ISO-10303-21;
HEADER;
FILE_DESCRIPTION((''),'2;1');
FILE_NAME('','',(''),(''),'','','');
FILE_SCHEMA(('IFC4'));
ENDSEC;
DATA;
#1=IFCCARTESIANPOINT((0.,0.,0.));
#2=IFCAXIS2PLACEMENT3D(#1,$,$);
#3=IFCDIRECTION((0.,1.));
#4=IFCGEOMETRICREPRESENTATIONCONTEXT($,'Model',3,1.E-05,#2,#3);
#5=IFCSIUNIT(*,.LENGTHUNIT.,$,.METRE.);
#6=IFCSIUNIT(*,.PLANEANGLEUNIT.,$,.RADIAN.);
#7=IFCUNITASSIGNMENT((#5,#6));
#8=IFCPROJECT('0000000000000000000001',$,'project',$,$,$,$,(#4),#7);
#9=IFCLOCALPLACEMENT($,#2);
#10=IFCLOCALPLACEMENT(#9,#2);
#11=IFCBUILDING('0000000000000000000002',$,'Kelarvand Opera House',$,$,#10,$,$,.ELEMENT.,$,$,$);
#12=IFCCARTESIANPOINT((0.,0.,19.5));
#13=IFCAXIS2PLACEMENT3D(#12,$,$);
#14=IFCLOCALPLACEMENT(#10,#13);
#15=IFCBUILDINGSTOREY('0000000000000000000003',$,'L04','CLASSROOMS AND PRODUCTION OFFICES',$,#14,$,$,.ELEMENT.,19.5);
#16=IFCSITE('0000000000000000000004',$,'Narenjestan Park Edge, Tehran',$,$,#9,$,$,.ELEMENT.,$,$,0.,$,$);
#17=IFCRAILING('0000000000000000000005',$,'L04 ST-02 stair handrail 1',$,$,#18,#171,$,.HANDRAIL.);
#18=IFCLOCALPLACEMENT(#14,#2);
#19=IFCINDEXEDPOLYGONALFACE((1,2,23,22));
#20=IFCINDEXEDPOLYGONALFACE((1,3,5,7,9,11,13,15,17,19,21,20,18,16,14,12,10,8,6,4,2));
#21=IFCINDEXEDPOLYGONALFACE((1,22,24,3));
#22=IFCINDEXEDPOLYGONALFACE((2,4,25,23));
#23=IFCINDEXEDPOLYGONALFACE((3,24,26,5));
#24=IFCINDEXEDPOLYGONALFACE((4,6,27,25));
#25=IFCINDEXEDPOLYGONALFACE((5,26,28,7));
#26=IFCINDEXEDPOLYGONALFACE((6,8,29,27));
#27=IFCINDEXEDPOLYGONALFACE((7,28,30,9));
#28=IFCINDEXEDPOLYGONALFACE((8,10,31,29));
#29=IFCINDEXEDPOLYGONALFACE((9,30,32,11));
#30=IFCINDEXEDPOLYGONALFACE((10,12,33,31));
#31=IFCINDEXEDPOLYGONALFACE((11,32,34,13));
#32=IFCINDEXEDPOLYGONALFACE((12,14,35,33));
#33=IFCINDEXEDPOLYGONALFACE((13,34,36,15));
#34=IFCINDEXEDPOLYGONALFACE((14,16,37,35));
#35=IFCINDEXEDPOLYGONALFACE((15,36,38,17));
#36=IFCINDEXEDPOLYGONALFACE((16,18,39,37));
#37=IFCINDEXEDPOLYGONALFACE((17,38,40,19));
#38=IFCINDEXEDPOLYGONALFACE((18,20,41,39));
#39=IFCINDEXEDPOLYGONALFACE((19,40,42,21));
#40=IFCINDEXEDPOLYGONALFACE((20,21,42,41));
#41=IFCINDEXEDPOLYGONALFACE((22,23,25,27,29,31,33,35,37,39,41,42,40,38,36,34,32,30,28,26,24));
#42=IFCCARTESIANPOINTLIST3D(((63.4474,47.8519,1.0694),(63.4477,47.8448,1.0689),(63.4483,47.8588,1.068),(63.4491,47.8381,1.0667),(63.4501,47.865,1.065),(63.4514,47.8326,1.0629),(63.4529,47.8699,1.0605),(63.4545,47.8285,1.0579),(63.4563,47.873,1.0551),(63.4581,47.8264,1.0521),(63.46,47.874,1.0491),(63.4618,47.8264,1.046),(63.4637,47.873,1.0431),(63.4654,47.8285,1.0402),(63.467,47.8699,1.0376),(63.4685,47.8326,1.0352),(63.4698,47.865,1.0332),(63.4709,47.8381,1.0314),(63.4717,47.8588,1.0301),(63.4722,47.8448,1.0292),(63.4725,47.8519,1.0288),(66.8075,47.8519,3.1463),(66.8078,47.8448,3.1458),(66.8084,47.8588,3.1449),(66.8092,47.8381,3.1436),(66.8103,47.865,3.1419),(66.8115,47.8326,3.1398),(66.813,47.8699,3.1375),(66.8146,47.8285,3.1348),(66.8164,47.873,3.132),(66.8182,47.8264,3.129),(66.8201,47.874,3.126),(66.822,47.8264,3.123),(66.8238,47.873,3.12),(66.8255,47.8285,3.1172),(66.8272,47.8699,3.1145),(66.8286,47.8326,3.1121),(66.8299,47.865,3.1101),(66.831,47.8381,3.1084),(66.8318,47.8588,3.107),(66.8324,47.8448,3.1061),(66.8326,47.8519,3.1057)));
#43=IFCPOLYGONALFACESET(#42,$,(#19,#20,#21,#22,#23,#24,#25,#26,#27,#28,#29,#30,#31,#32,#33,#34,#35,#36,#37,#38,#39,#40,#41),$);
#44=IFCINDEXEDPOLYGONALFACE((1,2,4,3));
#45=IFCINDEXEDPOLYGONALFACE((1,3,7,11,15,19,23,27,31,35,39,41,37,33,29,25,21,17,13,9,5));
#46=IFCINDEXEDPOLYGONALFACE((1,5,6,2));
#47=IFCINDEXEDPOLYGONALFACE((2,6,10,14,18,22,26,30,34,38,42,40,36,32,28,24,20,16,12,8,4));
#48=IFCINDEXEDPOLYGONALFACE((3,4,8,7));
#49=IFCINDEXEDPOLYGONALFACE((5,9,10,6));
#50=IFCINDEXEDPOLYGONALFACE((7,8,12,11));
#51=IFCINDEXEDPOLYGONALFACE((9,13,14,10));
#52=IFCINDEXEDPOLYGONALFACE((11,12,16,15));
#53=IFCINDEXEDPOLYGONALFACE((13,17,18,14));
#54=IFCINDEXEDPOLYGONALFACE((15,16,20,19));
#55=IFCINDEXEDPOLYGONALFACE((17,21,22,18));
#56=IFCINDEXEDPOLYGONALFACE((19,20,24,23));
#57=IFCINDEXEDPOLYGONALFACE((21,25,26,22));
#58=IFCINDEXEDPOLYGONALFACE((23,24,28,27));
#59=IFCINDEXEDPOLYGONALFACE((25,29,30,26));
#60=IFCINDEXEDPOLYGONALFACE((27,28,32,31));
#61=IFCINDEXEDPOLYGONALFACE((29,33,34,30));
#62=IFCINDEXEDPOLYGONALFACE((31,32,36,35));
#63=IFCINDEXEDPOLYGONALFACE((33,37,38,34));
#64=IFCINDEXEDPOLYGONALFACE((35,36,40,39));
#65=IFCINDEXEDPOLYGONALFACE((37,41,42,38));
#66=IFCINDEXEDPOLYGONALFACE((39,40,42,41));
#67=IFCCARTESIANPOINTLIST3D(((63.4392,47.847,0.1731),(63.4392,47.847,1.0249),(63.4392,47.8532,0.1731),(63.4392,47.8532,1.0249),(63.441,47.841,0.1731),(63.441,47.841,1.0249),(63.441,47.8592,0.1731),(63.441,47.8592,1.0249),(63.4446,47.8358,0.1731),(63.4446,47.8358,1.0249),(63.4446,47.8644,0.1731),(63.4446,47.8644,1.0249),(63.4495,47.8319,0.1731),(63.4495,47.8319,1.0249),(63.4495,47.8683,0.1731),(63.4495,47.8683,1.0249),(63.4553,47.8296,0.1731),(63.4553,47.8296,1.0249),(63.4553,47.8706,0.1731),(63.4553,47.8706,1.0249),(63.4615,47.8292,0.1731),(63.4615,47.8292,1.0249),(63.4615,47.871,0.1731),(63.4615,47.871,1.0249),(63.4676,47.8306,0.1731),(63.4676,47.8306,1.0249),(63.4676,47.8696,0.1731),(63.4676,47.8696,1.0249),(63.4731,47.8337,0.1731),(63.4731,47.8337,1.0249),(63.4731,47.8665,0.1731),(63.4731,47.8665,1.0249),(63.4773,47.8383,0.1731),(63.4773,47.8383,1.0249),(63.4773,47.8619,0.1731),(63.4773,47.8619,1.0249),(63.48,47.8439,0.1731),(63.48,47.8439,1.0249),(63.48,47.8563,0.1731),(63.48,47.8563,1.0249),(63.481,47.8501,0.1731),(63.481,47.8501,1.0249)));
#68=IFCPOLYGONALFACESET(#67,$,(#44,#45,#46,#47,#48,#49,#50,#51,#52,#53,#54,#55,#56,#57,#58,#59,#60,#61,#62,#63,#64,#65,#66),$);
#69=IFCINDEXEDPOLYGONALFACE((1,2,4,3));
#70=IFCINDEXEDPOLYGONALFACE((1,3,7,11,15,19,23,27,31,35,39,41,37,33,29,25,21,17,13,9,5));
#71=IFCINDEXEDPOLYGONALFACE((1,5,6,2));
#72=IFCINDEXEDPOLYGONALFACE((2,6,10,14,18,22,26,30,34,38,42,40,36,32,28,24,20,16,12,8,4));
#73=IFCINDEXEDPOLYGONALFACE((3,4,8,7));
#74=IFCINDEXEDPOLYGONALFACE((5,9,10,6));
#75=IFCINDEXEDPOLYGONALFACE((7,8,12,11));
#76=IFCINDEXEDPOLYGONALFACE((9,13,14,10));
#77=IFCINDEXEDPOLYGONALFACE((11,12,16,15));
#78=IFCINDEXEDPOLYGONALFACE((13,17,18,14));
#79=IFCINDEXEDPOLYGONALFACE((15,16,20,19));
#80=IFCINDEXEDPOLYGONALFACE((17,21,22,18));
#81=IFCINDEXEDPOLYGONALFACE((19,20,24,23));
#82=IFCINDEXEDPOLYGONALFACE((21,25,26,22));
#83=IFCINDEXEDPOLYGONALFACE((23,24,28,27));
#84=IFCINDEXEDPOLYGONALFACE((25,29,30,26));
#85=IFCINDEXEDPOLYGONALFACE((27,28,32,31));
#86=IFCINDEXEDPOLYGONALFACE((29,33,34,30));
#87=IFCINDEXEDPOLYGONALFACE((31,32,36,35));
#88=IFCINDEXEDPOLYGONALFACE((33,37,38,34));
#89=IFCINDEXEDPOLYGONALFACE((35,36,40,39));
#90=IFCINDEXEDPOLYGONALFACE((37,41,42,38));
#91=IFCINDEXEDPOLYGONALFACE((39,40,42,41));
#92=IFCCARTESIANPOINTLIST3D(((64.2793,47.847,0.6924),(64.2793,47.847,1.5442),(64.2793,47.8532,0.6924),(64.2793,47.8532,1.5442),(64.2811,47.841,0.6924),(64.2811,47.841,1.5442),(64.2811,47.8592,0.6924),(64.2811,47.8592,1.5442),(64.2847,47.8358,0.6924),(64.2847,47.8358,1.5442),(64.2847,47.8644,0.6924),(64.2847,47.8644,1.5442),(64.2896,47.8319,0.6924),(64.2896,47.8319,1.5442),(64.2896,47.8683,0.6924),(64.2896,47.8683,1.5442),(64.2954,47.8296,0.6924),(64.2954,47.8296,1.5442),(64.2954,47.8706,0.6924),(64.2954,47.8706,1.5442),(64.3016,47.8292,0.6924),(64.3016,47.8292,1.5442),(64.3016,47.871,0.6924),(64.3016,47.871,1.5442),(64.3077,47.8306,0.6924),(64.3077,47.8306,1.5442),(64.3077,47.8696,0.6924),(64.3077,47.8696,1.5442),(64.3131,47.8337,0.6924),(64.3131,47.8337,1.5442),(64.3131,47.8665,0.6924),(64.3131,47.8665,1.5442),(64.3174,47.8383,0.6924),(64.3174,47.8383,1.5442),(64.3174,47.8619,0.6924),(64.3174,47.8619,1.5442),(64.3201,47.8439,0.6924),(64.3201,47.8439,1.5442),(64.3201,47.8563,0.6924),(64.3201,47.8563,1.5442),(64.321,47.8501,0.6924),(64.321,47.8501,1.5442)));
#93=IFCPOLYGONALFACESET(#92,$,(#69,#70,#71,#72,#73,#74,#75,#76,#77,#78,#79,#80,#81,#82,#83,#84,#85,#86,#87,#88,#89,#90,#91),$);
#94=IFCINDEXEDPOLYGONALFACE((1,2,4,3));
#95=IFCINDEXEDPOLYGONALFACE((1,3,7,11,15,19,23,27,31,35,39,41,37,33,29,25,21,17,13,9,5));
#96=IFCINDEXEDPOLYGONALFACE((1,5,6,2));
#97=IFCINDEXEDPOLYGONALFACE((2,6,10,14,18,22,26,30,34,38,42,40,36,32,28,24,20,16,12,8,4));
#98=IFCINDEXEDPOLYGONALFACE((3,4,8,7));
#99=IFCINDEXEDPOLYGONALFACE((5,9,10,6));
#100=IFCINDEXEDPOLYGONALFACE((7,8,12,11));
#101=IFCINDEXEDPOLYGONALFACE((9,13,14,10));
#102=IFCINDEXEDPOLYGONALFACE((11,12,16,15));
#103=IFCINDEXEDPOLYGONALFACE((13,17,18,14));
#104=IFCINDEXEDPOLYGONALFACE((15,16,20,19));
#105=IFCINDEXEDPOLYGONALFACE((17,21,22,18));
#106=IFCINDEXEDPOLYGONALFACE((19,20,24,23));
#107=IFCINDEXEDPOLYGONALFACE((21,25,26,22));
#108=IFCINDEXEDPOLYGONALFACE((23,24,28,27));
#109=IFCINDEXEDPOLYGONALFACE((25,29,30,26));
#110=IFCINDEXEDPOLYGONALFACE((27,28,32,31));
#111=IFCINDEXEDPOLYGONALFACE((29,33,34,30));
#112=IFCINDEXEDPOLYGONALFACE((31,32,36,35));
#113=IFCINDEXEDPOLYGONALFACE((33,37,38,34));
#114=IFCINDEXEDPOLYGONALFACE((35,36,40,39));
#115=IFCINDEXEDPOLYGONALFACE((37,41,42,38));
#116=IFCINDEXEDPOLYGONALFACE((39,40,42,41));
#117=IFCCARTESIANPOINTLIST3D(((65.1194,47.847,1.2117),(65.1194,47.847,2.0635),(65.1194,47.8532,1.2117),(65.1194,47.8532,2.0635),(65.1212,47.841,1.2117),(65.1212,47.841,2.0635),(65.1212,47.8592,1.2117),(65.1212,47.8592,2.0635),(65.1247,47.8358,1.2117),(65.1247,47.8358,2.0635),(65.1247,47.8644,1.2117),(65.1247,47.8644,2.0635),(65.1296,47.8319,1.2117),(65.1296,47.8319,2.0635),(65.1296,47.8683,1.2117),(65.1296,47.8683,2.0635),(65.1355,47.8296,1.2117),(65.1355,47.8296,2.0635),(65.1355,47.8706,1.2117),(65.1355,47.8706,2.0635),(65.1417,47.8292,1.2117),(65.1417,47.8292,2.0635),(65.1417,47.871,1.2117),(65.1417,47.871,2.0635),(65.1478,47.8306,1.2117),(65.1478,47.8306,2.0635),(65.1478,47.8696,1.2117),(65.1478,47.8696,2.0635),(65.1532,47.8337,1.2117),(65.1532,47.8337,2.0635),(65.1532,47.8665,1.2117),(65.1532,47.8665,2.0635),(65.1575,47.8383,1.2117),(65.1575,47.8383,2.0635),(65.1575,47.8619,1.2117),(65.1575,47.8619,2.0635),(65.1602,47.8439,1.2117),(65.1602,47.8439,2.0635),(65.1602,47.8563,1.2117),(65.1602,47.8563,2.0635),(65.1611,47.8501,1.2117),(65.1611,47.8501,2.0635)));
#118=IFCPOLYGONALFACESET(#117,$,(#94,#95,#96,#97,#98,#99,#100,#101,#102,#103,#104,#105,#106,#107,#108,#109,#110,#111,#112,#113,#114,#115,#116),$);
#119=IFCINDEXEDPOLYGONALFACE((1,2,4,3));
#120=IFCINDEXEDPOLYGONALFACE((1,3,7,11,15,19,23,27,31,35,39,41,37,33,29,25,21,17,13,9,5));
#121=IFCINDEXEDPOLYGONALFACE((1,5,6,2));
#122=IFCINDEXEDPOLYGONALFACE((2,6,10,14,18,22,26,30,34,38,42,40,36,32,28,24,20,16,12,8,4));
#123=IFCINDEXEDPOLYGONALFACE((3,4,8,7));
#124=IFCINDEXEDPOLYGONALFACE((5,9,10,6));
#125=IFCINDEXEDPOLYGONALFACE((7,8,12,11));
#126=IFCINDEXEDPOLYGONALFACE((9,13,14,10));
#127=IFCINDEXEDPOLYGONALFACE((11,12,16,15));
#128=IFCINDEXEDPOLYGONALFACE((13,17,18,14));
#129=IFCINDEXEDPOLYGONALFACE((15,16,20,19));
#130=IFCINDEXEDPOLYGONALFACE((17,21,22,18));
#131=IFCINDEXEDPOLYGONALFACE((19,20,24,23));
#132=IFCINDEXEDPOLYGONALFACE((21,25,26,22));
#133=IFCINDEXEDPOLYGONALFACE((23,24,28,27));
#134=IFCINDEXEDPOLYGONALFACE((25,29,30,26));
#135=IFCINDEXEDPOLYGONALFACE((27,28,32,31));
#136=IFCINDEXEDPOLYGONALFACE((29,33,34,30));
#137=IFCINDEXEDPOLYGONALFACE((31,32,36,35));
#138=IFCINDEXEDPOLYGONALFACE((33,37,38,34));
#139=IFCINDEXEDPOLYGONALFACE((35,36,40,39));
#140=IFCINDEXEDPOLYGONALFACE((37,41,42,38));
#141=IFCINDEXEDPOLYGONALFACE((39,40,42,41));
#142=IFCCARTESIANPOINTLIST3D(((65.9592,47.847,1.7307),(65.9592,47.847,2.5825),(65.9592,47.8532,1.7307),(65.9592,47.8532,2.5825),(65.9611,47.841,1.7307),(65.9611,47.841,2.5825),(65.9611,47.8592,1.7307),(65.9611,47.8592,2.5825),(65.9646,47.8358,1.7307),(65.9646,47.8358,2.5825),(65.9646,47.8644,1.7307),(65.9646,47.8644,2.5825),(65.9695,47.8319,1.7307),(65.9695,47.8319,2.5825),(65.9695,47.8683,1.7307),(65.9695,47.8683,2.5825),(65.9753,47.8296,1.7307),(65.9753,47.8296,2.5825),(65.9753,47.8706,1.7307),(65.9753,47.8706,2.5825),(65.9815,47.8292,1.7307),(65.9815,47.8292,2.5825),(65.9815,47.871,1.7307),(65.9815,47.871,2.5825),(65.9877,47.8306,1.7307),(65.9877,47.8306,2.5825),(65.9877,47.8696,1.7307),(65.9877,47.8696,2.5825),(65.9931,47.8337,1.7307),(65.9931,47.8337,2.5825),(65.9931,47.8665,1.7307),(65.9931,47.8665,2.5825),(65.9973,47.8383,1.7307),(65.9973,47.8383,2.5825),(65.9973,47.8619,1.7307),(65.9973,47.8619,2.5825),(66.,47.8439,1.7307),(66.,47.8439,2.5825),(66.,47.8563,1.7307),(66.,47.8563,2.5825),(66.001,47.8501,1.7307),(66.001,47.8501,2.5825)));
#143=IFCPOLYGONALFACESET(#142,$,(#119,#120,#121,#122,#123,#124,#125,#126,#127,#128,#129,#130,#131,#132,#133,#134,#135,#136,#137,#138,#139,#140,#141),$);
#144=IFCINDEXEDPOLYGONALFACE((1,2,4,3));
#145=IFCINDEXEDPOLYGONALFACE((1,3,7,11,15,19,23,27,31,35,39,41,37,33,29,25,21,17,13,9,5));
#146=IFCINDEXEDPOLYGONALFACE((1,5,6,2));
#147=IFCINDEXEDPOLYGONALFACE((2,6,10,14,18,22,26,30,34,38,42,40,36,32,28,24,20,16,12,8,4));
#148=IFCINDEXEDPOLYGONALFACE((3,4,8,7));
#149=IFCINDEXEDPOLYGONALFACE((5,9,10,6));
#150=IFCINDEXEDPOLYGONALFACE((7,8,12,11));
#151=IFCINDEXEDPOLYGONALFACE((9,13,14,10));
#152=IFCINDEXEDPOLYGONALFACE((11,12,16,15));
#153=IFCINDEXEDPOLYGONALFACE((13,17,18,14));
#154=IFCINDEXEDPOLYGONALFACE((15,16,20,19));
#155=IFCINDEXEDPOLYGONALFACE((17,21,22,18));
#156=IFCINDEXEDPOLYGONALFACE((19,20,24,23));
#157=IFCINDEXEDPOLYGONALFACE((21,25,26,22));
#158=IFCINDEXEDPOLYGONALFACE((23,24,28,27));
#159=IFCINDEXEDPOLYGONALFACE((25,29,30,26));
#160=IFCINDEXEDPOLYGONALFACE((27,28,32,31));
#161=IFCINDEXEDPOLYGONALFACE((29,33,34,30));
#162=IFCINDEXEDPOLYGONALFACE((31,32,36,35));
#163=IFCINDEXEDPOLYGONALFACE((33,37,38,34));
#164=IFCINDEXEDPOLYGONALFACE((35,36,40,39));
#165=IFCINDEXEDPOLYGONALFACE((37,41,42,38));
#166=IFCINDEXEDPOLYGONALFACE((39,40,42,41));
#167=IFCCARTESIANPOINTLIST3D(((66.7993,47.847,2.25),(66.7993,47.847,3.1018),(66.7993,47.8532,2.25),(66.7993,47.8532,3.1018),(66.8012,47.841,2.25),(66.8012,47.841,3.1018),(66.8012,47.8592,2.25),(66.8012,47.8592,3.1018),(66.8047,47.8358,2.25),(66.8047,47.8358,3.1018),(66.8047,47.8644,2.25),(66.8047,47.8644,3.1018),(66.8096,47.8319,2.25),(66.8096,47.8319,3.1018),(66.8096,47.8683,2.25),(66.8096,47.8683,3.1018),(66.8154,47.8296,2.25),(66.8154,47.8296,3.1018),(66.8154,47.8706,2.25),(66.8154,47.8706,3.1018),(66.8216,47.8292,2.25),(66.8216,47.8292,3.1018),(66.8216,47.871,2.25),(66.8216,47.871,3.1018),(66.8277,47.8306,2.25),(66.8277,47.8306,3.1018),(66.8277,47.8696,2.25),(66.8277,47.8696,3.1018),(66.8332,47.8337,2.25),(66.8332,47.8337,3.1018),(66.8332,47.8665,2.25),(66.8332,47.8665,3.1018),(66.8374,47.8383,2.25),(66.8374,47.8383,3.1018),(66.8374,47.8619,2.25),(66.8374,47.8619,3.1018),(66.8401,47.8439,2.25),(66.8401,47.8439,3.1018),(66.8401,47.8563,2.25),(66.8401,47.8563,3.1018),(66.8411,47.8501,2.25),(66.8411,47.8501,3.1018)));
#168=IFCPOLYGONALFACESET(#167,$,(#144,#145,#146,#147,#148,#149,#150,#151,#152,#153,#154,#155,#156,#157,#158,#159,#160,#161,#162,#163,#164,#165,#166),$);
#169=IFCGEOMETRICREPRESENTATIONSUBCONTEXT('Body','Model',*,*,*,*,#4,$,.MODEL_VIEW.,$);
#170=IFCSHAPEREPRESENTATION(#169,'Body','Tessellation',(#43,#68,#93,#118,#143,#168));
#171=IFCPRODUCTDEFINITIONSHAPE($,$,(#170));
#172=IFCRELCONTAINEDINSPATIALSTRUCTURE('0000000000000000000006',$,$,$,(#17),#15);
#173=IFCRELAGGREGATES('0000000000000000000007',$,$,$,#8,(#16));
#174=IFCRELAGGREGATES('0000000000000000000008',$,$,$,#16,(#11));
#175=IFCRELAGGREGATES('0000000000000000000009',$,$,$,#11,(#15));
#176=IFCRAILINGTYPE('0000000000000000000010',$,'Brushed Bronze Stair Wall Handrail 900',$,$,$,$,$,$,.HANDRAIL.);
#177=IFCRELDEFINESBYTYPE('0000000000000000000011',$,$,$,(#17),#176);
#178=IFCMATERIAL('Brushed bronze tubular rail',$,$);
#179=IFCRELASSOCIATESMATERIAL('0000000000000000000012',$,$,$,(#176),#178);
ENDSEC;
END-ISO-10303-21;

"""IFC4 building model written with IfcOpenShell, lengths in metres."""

from ifc_helpers import new_model, si_unit, direction, frame, origin, origin_2d, place, context, subcontext, project, spatial, circle, extrude, material, type_object, element, save


model = new_model("IFC4")

# Units and contexts
model_context = context("Model", 3, precision=1e-05, world=origin(), true_north=direction((0.0, 1.0)))
body_context = subcontext(model_context, "Body", "Model", "MODEL_VIEW")
ifc_project = project(units=[si_unit("LENGTHUNIT", "METRE"), si_unit("PLANEANGLEUNIT", "RADIAN")], contexts=[model_context])

# Site, building, storey
site_placement = place(None, origin())
site = spatial("IfcSite", under=ifc_project, at=site_placement, Name="Narenjestan Park Edge, Tehran", CompositionType="ELEMENT", RefElevation=0.0)
building_placement = place(site_placement, origin())
building = spatial("IfcBuilding", under=site, at=building_placement, Name="Kelarvand Opera House", CompositionType="ELEMENT")
storey_placement = place(building_placement, frame((0.0, 0.0, 19.5)))
storey = spatial("IfcBuildingStorey", under=building, at=storey_placement, Name="L04", Description="CLASSROOMS AND PRODUCTION OFFICES", CompositionType="ELEMENT", Elevation=19.5)

# Railing
ifc_material_1 = material(Name="Brushed bronze tubular rail")
railing_type_1 = type_object("IfcRailingType", Name="Brushed Bronze Stair Wall Handrail 900", PredefinedType="HANDRAIL", material=ifc_material_1)
railing_1_placement = place(storey_placement, frame((63.46, 47.8501, 0.1731)))
element("IfcRailing", 1, at=railing_1_placement, inside=storey, type_object=railing_type_1, Name="L04 ST-02 stair handrail 1", PredefinedType="HANDRAIL", context=body_context, shape_type="SweptSolid", body=[
    extrude(circle(Radius=0.0239, at=origin_2d()), frame((0.0, 0.0, 0.876), z_axis=(0.850623, 0.0, 0.525776), x_axis=(0.0, 1.0, 0.0)), (0.0, 0.0, 1.0), 3.9502),
    extrude(circle(Radius=0.021, at=origin_2d()), origin(), (0.0, 0.0, 1.0), 0.8518),
    extrude(circle(Radius=0.021, at=origin_2d()), frame((0.8401, 0.0, 0.5193)), (0.0, 0.0, 1.0), 0.8518),
    extrude(circle(Radius=0.021, at=origin_2d()), frame((1.6802, 0.0, 1.0386)), (0.0, 0.0, 1.0), 0.8518),
    extrude(circle(Radius=0.021, at=origin_2d()), frame((2.52, 0.0, 1.5576)), (0.0, 0.0, 1.0), 0.8518),
    extrude(circle(Radius=0.021, at=origin_2d()), frame((3.3601, 0.0, 2.0769)), (0.0, 0.0, 1.0), 0.8518),
])

save(model, "model.ifc")
